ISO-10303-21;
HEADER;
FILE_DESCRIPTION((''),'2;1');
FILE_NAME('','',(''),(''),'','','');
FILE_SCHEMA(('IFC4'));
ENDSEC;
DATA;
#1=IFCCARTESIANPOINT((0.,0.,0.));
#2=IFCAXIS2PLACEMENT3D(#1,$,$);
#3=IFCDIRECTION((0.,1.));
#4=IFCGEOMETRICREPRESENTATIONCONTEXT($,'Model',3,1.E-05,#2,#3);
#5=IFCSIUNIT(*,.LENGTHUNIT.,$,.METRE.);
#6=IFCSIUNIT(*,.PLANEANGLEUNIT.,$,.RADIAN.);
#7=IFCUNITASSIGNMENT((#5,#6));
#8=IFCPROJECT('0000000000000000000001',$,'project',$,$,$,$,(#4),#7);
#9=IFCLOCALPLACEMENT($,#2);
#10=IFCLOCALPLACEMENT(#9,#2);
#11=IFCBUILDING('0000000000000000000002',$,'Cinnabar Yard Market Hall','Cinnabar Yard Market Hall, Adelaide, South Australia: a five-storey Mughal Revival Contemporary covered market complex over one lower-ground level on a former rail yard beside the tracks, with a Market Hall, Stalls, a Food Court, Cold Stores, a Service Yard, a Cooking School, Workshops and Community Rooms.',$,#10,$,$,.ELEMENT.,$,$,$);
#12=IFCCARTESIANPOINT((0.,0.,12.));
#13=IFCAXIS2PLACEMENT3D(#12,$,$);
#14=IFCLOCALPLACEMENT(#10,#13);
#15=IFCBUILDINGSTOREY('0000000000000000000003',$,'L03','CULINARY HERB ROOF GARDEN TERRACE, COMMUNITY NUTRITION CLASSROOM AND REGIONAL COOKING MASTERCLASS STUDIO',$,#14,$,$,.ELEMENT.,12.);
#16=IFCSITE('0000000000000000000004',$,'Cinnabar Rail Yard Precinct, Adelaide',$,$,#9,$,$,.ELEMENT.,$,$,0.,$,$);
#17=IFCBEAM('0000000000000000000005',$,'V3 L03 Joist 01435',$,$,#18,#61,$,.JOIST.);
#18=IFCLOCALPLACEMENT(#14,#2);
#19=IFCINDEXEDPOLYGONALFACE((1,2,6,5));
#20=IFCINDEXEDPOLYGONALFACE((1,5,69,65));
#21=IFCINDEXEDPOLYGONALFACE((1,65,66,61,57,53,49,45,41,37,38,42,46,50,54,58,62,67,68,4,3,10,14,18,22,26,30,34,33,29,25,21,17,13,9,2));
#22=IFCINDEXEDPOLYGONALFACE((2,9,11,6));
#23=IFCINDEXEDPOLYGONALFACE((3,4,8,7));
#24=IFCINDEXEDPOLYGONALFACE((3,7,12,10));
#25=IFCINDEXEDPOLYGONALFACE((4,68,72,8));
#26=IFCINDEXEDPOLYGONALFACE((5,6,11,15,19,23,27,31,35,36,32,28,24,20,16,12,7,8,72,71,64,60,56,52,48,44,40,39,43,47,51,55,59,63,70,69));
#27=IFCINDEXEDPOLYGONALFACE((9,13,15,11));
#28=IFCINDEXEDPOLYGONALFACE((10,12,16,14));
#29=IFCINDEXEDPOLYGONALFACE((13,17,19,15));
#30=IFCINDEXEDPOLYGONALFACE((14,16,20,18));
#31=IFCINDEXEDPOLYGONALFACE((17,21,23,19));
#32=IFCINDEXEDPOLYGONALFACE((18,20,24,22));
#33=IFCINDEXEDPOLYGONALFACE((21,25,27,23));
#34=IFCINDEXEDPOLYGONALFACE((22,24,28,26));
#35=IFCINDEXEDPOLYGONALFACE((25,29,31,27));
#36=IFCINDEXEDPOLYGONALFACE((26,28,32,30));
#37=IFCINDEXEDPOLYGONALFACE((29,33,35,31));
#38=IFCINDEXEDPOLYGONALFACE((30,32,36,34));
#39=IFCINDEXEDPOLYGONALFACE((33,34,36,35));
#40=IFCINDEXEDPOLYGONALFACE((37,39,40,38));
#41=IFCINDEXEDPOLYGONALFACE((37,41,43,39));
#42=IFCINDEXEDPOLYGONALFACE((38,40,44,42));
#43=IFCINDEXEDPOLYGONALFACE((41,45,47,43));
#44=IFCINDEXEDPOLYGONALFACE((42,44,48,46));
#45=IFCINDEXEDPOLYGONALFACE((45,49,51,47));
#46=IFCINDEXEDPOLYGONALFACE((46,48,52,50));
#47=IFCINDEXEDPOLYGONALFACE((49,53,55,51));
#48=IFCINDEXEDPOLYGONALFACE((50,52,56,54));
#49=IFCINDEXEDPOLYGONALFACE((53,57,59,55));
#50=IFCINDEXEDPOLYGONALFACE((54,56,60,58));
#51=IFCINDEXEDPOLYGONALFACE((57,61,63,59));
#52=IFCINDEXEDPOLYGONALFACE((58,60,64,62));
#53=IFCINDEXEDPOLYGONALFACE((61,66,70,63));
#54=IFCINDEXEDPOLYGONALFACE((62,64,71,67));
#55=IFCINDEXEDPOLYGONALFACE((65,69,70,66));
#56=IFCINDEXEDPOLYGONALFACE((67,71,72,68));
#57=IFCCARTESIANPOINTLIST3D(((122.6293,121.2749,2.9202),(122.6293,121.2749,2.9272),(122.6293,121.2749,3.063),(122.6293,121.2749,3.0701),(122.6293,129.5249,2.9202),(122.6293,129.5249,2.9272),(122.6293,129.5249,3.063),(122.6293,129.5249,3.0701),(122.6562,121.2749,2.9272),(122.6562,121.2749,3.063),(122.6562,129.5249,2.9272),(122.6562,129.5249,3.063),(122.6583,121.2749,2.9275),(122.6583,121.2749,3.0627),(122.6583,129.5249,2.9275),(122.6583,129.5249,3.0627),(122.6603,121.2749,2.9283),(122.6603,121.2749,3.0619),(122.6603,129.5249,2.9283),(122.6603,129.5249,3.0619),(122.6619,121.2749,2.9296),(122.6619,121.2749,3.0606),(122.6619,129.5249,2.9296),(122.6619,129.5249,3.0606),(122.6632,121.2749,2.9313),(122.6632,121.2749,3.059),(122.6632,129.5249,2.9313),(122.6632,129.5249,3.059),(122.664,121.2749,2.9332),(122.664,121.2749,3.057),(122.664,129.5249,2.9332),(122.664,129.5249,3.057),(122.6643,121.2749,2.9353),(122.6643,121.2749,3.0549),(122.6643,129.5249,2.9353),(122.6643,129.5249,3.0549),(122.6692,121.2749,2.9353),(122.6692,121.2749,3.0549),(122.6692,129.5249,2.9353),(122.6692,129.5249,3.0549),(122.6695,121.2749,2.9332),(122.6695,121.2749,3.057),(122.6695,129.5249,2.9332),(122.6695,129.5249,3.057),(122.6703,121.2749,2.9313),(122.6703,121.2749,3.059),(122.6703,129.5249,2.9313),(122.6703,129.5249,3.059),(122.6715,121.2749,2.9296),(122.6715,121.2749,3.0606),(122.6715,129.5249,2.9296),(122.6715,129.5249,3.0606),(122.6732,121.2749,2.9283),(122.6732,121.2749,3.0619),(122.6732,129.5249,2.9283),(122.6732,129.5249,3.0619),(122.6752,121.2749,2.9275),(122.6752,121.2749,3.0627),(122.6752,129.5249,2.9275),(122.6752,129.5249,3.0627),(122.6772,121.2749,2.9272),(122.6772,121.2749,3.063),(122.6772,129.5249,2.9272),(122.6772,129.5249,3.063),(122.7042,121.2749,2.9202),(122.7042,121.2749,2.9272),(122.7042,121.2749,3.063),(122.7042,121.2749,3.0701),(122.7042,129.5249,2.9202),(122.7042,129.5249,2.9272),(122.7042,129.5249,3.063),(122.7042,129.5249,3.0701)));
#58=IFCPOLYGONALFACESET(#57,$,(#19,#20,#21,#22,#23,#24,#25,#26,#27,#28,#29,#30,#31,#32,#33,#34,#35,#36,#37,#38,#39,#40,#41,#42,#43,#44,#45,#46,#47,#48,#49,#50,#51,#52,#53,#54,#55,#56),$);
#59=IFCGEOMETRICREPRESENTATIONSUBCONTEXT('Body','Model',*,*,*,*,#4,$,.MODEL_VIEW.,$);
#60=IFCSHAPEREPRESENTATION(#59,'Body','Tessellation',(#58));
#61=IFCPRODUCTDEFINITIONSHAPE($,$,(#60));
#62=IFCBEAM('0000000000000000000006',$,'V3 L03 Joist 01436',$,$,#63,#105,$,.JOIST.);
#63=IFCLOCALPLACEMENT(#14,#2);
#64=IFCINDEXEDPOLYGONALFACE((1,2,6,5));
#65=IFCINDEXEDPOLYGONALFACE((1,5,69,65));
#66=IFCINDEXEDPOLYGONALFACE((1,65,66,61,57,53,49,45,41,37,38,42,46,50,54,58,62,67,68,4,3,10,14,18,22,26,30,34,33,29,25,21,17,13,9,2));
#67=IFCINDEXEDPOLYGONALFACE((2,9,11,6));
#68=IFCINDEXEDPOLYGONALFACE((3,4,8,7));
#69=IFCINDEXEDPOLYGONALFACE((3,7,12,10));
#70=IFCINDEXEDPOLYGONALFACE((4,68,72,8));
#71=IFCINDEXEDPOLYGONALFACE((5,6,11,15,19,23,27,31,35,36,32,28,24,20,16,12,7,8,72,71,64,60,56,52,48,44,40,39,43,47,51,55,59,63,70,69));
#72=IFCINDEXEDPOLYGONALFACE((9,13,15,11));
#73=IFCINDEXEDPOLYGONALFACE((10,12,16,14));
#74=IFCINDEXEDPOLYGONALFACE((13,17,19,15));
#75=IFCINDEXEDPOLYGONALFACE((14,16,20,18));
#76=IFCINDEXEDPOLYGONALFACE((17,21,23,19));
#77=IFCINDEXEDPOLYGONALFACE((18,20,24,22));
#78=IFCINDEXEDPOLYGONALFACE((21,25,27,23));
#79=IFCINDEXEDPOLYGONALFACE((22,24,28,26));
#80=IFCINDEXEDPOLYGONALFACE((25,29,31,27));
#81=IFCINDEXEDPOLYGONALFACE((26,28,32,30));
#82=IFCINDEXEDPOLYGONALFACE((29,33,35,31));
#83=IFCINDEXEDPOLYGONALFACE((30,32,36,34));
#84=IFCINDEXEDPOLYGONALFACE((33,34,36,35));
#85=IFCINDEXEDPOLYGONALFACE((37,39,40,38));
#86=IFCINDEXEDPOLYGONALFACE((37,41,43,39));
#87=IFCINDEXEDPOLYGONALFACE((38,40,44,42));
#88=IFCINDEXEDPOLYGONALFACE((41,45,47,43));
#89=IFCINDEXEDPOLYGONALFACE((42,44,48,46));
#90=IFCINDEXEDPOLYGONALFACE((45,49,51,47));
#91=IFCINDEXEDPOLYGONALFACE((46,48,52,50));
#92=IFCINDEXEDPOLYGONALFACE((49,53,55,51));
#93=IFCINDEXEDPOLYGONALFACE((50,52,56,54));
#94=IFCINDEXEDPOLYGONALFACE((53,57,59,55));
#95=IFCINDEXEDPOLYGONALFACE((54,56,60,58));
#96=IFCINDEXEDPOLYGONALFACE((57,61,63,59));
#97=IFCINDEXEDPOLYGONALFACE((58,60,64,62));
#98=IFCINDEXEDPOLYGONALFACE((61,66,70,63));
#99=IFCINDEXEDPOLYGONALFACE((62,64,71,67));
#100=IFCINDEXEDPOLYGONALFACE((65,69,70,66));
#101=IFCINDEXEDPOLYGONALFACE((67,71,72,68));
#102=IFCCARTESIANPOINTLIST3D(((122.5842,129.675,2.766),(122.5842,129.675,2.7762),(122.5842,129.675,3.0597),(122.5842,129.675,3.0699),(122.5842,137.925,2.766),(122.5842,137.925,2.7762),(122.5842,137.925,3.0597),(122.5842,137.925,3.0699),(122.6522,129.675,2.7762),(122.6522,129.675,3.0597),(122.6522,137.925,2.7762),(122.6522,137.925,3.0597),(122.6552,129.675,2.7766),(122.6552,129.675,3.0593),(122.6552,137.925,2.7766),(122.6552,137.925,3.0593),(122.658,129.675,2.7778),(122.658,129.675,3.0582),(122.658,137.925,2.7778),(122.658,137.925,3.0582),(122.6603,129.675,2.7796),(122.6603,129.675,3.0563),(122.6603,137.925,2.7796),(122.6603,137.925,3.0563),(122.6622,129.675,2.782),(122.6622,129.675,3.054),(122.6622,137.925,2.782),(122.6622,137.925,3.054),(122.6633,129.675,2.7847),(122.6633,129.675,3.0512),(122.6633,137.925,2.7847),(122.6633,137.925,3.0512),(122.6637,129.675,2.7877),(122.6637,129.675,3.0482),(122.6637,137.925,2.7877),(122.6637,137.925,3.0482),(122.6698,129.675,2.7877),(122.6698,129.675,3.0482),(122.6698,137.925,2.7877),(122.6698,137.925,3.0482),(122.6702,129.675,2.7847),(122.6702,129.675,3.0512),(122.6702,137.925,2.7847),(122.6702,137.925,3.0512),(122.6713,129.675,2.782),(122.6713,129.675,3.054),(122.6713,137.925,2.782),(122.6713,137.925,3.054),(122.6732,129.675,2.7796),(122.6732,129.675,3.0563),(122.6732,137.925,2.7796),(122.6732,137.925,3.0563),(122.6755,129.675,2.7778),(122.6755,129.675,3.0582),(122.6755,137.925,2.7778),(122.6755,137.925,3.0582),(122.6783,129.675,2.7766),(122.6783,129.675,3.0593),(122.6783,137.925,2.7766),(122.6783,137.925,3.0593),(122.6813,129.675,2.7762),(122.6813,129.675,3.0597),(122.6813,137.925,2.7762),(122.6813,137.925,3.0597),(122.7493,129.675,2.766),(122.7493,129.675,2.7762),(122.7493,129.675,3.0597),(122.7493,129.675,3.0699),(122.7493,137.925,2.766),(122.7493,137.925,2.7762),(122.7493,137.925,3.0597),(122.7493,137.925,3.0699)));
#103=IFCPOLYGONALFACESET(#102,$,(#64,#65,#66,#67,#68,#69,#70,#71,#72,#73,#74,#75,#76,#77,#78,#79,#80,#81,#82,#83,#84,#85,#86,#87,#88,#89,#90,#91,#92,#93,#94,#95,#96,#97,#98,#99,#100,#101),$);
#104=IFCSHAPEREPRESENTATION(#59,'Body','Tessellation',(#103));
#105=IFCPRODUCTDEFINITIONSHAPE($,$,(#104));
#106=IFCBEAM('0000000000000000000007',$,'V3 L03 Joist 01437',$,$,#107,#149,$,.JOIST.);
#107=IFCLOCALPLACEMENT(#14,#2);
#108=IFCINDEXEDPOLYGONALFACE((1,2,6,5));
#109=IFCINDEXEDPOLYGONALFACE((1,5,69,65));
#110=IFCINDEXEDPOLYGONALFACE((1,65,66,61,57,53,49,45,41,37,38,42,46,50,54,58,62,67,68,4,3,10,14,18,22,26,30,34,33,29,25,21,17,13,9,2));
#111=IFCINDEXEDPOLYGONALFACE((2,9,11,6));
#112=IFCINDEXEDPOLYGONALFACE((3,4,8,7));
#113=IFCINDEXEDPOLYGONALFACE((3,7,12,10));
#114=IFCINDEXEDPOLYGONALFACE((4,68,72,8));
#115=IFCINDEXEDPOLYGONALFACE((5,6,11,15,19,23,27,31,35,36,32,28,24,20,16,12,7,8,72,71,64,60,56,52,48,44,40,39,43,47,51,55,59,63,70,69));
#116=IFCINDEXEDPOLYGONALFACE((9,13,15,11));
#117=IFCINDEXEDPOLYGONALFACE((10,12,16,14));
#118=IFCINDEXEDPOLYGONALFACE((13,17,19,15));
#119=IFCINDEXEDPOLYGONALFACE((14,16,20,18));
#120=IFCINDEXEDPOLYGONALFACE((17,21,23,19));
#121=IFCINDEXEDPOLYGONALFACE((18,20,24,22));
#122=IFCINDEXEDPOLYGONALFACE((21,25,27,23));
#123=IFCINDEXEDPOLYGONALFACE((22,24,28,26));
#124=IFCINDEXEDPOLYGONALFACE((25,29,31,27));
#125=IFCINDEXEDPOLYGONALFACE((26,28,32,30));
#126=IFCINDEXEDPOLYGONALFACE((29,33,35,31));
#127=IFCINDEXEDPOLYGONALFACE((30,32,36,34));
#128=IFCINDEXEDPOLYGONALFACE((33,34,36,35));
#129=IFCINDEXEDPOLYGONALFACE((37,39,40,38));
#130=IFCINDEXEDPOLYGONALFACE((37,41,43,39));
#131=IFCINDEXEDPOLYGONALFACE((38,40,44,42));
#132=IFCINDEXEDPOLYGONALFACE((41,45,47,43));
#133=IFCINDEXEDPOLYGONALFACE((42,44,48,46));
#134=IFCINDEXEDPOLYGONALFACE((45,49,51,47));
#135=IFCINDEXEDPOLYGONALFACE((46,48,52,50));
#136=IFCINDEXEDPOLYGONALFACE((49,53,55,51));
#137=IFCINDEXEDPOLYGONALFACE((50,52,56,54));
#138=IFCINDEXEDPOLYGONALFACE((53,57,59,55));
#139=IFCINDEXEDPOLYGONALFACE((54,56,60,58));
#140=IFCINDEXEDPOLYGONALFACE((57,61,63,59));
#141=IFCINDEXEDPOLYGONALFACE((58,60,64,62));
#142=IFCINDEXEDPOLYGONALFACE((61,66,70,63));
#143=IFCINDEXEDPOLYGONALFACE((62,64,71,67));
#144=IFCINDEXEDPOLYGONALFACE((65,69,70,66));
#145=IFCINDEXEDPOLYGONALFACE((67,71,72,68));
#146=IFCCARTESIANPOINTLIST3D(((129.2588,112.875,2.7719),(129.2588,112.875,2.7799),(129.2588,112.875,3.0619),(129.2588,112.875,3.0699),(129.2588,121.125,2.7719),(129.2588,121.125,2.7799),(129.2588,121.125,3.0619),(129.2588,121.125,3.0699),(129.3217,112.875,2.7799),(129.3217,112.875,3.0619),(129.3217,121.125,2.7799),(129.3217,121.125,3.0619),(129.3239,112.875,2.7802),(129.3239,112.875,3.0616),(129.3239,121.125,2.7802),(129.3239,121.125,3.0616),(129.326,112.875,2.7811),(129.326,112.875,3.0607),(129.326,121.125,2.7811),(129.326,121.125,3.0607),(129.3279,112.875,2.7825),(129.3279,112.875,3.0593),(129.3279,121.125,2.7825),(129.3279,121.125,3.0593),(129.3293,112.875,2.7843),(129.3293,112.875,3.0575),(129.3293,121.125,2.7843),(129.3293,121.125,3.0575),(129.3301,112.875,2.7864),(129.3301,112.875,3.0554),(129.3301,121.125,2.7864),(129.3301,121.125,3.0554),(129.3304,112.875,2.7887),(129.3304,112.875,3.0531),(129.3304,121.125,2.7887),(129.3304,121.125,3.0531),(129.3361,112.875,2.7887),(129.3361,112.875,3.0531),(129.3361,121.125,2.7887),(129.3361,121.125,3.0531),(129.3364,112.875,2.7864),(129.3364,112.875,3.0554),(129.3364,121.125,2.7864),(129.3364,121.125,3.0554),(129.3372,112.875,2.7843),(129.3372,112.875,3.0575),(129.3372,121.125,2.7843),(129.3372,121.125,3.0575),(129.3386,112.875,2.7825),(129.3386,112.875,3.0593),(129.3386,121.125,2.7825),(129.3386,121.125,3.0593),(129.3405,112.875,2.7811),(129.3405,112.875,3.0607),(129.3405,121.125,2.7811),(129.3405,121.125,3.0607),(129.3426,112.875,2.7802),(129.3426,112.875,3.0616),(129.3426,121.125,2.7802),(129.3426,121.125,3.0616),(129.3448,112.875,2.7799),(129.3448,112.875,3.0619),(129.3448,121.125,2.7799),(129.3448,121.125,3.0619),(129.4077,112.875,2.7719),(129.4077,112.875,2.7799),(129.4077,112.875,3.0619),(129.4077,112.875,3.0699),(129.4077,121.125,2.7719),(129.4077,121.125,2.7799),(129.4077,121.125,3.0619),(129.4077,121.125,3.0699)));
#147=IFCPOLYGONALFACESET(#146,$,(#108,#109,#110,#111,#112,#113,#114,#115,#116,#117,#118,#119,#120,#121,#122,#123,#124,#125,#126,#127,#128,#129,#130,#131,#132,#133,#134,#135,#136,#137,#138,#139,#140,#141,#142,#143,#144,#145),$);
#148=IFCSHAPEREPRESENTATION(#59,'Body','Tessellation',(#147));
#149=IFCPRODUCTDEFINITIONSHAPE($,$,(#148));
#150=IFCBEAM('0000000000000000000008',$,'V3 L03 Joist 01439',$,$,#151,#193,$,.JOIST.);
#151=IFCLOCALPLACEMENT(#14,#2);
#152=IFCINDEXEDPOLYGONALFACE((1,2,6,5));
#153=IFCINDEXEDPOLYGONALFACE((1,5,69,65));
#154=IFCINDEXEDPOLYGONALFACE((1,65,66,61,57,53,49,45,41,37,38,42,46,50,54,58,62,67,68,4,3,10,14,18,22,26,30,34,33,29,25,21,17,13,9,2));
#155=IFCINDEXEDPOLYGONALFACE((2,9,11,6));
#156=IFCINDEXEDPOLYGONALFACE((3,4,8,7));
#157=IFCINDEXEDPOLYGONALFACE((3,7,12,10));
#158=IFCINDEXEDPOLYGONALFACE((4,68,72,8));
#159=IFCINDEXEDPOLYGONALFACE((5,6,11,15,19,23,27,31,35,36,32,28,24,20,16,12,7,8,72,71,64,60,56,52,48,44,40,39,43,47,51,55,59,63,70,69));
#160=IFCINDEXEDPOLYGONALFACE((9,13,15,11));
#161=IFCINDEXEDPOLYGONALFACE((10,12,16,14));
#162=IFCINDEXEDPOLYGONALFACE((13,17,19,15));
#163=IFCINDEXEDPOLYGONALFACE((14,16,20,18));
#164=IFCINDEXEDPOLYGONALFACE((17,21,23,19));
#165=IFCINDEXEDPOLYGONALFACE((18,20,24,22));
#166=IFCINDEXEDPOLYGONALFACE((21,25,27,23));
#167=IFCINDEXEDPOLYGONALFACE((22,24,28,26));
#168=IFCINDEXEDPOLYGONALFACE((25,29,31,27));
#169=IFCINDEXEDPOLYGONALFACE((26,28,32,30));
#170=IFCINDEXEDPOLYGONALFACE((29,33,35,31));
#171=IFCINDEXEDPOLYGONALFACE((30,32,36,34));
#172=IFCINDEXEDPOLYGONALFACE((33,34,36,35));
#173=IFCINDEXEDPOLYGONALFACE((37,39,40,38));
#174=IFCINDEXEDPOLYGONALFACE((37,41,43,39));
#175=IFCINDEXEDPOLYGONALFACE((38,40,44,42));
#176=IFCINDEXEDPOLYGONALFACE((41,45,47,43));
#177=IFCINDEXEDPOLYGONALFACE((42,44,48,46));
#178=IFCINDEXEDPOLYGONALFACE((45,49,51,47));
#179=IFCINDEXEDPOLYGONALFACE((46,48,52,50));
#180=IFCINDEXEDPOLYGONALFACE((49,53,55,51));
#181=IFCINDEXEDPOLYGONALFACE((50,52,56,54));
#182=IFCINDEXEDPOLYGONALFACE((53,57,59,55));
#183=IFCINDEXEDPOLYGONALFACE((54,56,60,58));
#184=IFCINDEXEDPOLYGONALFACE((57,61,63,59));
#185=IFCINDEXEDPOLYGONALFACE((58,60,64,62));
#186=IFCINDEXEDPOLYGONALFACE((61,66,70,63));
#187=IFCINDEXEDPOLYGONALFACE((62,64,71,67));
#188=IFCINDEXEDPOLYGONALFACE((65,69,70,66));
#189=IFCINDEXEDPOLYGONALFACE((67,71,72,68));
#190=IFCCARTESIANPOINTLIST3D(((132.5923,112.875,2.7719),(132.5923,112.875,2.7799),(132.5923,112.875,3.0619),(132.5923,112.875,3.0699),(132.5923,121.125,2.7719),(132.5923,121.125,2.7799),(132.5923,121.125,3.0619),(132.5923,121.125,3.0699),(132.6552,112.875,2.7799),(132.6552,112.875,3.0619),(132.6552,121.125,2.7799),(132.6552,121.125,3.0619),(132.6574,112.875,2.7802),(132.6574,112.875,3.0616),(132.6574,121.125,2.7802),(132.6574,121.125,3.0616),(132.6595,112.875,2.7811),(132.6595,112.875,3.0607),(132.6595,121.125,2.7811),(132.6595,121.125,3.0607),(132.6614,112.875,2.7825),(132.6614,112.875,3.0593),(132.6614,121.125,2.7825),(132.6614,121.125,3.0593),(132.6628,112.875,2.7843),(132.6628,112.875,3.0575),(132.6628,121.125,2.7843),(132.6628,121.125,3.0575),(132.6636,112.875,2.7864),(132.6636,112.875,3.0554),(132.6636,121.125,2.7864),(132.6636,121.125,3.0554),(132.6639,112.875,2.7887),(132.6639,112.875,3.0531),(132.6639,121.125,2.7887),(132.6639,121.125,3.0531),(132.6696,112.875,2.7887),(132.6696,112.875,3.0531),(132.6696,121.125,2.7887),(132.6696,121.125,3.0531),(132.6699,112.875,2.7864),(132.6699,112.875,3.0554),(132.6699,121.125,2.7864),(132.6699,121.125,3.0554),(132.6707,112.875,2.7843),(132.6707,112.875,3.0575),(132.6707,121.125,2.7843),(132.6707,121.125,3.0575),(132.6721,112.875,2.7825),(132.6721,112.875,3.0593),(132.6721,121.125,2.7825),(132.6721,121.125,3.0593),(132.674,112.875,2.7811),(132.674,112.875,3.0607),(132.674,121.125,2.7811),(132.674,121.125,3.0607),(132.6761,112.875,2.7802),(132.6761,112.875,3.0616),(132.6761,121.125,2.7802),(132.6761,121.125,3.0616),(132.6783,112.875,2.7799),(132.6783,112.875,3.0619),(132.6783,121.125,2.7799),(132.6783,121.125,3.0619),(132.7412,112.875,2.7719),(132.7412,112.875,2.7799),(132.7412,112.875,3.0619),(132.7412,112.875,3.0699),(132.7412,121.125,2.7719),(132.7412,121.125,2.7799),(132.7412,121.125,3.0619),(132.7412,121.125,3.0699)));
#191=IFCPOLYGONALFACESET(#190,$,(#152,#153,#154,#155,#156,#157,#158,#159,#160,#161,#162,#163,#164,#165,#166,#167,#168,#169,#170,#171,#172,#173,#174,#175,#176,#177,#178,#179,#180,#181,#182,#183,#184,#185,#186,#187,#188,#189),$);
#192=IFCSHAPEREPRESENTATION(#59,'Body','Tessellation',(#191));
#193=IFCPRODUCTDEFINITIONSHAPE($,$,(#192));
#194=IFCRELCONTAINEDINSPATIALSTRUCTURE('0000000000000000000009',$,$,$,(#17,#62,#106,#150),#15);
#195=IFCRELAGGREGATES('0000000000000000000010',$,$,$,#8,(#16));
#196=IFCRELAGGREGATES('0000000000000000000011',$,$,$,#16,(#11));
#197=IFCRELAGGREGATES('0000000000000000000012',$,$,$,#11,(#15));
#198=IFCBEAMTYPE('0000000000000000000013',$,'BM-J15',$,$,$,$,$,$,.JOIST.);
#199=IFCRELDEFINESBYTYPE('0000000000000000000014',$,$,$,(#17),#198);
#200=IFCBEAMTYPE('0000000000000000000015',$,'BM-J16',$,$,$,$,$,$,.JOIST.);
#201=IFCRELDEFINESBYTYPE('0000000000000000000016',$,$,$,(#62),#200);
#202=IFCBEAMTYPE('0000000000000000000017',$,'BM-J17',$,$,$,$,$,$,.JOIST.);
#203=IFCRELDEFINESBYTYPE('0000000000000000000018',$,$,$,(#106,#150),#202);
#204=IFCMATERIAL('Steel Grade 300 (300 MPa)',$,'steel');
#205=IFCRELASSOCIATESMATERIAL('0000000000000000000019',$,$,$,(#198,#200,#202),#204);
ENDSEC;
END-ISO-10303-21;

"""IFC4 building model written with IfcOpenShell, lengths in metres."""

from ifc_helpers import new_model, si_unit, direction, frame, origin, origin_2d_with_axis, place, context, subcontext, project, spatial, i_section, extrude, material, material_profile, profile_set, type_object, element, save


model = new_model("IFC4")

# Units and contexts
model_context = context("Model", 3, precision=1e-05, world=origin(), true_north=direction((0.0, 1.0)))
body_context = subcontext(model_context, "Body", "Model", "MODEL_VIEW")
ifc_project = project(units=[si_unit("LENGTHUNIT", "METRE"), si_unit("PLANEANGLEUNIT", "RADIAN")], contexts=[model_context])

# Site, building, storey
site_placement = place(None, origin())
site = spatial("IfcSite", under=ifc_project, at=site_placement, Name="Cinnabar Rail Yard Precinct, Adelaide", CompositionType="ELEMENT", RefElevation=0.0)
building_placement = place(site_placement, origin())
building = spatial("IfcBuilding", under=site, at=building_placement, Name="Cinnabar Yard Market Hall", Description="Cinnabar Yard Market Hall, Adelaide, South Australia: a five-storey Mughal Revival Contemporary covered market complex over one lower-ground level on a former rail yard beside the tracks, with a Market Hall, Stalls, a Food Court, Cold Stores, a Service Yard, a Cooking School, Workshops and Community Rooms.", CompositionType="ELEMENT")
storey_placement = place(building_placement, frame((0.0, 0.0, 12.0)))
storey = spatial("IfcBuildingStorey", under=building, at=storey_placement, Name="L03", Description="CULINARY HERB ROOF GARDEN TERRACE, COMMUNITY NUTRITION CLASSROOM AND REGIONAL COOKING MASTERCLASS STUDIO", CompositionType="ELEMENT", Elevation=12.0)

# Beams
ifc_material_1 = material(Name="Steel Grade 300 (300 MPa)", Category="steel")
ifc_material_profile_1 = material_profile(ifc_material_1, i_section(OverallWidth=0.075, OverallDepth=0.1499, WebThickness=0.0049, FlangeThickness=0.0071, FilletRadius=0.0081, at=origin_2d_with_axis()), Name="150UB14.0")
ifc_profile_set_1 = profile_set([ifc_material_profile_1], Name="Steel Grade 300 (300 MPa)")
beam_type_1 = type_object("IfcBeamType", Name="BM-J15", PredefinedType="JOIST", material=ifc_profile_set_1)
beam_1_placement = place(storey_placement, frame((122.6667, 121.2749, 2.9951), z_axis=(0.0, 1.0, 0.0), x_axis=(-1.0, 0.0, 0.0)))
element("IfcBeam", 1, at=beam_1_placement, inside=storey, type_object=beam_type_1, Name="V3 L03 Joist 01435", PredefinedType="JOIST", context=body_context, shape_type="SweptSolid", body=[
    extrude(i_section(OverallWidth=0.075, OverallDepth=0.1499, WebThickness=0.0049, FlangeThickness=0.0071, FilletRadius=0.0081, at=origin_2d_with_axis()), origin(), (0.0, 0.0, 1.0), 8.25),
])
ifc_material_profile_2 = material_profile(ifc_material_1, i_section(OverallWidth=0.165, OverallDepth=0.304, WebThickness=0.0061, FlangeThickness=0.0103, FilletRadius=0.0115, at=origin_2d_with_axis()), Name="310UB40.4")
ifc_profile_set_2 = profile_set([ifc_material_profile_2], Name="Steel Grade 300 (300 MPa)")
beam_type_2 = type_object("IfcBeamType", Name="BM-J16", PredefinedType="JOIST", material=ifc_profile_set_2)
beam_2_placement = place(storey_placement, frame((122.6667, 129.675, 2.918), z_axis=(0.0, 1.0, 0.0), x_axis=(-1.0, 0.0, 0.0)))
element("IfcBeam", 2, at=beam_2_placement, inside=storey, type_object=beam_type_2, Name="V3 L03 Joist 01436", PredefinedType="JOIST", context=body_context, shape_type="SweptSolid", body=[
    extrude(i_section(OverallWidth=0.165, OverallDepth=0.304, WebThickness=0.0061, FlangeThickness=0.0103, FilletRadius=0.0115, at=origin_2d_with_axis()), origin(), (0.0, 0.0, 1.0), 8.25),
])
ifc_material_profile_3 = material_profile(ifc_material_1, i_section(OverallWidth=0.1489, OverallDepth=0.2981, WebThickness=0.0056, FlangeThickness=0.0081, FilletRadius=0.0088, at=origin_2d_with_axis()), Name="310UB32.0")
ifc_profile_set_3 = profile_set([ifc_material_profile_3], Name="Steel Grade 300 (300 MPa)")
beam_type_3 = type_object("IfcBeamType", Name="BM-J17", PredefinedType="JOIST", material=ifc_profile_set_3)
for number, where, z_axis, x_axis, name in (
    (3, (129.3333, 112.875, 2.9209), (0.0, 1.0, 0.0), (-1.0, 0.0, 0.0), "V3 L03 Joist 01437"),
    (4, (132.6667, 112.875, 2.9209), (0.0, 1.0, 0.0), (-1.0, 0.0, 0.0), "V3 L03 Joist 01439"),
):
    element("IfcBeam", number, at=place(storey_placement, frame(where, z_axis=z_axis, x_axis=x_axis)), inside=storey, type_object=beam_type_3, Name=name, PredefinedType="JOIST", context=body_context, shape_type="SweptSolid", body=[
        extrude(i_section(OverallWidth=0.1489, OverallDepth=0.2981, WebThickness=0.0056, FlangeThickness=0.0081, FilletRadius=0.0088, at=origin_2d_with_axis()), origin(), (0.0, 0.0, 1.0), 8.25),
    ])

save(model, "model.ifc")
